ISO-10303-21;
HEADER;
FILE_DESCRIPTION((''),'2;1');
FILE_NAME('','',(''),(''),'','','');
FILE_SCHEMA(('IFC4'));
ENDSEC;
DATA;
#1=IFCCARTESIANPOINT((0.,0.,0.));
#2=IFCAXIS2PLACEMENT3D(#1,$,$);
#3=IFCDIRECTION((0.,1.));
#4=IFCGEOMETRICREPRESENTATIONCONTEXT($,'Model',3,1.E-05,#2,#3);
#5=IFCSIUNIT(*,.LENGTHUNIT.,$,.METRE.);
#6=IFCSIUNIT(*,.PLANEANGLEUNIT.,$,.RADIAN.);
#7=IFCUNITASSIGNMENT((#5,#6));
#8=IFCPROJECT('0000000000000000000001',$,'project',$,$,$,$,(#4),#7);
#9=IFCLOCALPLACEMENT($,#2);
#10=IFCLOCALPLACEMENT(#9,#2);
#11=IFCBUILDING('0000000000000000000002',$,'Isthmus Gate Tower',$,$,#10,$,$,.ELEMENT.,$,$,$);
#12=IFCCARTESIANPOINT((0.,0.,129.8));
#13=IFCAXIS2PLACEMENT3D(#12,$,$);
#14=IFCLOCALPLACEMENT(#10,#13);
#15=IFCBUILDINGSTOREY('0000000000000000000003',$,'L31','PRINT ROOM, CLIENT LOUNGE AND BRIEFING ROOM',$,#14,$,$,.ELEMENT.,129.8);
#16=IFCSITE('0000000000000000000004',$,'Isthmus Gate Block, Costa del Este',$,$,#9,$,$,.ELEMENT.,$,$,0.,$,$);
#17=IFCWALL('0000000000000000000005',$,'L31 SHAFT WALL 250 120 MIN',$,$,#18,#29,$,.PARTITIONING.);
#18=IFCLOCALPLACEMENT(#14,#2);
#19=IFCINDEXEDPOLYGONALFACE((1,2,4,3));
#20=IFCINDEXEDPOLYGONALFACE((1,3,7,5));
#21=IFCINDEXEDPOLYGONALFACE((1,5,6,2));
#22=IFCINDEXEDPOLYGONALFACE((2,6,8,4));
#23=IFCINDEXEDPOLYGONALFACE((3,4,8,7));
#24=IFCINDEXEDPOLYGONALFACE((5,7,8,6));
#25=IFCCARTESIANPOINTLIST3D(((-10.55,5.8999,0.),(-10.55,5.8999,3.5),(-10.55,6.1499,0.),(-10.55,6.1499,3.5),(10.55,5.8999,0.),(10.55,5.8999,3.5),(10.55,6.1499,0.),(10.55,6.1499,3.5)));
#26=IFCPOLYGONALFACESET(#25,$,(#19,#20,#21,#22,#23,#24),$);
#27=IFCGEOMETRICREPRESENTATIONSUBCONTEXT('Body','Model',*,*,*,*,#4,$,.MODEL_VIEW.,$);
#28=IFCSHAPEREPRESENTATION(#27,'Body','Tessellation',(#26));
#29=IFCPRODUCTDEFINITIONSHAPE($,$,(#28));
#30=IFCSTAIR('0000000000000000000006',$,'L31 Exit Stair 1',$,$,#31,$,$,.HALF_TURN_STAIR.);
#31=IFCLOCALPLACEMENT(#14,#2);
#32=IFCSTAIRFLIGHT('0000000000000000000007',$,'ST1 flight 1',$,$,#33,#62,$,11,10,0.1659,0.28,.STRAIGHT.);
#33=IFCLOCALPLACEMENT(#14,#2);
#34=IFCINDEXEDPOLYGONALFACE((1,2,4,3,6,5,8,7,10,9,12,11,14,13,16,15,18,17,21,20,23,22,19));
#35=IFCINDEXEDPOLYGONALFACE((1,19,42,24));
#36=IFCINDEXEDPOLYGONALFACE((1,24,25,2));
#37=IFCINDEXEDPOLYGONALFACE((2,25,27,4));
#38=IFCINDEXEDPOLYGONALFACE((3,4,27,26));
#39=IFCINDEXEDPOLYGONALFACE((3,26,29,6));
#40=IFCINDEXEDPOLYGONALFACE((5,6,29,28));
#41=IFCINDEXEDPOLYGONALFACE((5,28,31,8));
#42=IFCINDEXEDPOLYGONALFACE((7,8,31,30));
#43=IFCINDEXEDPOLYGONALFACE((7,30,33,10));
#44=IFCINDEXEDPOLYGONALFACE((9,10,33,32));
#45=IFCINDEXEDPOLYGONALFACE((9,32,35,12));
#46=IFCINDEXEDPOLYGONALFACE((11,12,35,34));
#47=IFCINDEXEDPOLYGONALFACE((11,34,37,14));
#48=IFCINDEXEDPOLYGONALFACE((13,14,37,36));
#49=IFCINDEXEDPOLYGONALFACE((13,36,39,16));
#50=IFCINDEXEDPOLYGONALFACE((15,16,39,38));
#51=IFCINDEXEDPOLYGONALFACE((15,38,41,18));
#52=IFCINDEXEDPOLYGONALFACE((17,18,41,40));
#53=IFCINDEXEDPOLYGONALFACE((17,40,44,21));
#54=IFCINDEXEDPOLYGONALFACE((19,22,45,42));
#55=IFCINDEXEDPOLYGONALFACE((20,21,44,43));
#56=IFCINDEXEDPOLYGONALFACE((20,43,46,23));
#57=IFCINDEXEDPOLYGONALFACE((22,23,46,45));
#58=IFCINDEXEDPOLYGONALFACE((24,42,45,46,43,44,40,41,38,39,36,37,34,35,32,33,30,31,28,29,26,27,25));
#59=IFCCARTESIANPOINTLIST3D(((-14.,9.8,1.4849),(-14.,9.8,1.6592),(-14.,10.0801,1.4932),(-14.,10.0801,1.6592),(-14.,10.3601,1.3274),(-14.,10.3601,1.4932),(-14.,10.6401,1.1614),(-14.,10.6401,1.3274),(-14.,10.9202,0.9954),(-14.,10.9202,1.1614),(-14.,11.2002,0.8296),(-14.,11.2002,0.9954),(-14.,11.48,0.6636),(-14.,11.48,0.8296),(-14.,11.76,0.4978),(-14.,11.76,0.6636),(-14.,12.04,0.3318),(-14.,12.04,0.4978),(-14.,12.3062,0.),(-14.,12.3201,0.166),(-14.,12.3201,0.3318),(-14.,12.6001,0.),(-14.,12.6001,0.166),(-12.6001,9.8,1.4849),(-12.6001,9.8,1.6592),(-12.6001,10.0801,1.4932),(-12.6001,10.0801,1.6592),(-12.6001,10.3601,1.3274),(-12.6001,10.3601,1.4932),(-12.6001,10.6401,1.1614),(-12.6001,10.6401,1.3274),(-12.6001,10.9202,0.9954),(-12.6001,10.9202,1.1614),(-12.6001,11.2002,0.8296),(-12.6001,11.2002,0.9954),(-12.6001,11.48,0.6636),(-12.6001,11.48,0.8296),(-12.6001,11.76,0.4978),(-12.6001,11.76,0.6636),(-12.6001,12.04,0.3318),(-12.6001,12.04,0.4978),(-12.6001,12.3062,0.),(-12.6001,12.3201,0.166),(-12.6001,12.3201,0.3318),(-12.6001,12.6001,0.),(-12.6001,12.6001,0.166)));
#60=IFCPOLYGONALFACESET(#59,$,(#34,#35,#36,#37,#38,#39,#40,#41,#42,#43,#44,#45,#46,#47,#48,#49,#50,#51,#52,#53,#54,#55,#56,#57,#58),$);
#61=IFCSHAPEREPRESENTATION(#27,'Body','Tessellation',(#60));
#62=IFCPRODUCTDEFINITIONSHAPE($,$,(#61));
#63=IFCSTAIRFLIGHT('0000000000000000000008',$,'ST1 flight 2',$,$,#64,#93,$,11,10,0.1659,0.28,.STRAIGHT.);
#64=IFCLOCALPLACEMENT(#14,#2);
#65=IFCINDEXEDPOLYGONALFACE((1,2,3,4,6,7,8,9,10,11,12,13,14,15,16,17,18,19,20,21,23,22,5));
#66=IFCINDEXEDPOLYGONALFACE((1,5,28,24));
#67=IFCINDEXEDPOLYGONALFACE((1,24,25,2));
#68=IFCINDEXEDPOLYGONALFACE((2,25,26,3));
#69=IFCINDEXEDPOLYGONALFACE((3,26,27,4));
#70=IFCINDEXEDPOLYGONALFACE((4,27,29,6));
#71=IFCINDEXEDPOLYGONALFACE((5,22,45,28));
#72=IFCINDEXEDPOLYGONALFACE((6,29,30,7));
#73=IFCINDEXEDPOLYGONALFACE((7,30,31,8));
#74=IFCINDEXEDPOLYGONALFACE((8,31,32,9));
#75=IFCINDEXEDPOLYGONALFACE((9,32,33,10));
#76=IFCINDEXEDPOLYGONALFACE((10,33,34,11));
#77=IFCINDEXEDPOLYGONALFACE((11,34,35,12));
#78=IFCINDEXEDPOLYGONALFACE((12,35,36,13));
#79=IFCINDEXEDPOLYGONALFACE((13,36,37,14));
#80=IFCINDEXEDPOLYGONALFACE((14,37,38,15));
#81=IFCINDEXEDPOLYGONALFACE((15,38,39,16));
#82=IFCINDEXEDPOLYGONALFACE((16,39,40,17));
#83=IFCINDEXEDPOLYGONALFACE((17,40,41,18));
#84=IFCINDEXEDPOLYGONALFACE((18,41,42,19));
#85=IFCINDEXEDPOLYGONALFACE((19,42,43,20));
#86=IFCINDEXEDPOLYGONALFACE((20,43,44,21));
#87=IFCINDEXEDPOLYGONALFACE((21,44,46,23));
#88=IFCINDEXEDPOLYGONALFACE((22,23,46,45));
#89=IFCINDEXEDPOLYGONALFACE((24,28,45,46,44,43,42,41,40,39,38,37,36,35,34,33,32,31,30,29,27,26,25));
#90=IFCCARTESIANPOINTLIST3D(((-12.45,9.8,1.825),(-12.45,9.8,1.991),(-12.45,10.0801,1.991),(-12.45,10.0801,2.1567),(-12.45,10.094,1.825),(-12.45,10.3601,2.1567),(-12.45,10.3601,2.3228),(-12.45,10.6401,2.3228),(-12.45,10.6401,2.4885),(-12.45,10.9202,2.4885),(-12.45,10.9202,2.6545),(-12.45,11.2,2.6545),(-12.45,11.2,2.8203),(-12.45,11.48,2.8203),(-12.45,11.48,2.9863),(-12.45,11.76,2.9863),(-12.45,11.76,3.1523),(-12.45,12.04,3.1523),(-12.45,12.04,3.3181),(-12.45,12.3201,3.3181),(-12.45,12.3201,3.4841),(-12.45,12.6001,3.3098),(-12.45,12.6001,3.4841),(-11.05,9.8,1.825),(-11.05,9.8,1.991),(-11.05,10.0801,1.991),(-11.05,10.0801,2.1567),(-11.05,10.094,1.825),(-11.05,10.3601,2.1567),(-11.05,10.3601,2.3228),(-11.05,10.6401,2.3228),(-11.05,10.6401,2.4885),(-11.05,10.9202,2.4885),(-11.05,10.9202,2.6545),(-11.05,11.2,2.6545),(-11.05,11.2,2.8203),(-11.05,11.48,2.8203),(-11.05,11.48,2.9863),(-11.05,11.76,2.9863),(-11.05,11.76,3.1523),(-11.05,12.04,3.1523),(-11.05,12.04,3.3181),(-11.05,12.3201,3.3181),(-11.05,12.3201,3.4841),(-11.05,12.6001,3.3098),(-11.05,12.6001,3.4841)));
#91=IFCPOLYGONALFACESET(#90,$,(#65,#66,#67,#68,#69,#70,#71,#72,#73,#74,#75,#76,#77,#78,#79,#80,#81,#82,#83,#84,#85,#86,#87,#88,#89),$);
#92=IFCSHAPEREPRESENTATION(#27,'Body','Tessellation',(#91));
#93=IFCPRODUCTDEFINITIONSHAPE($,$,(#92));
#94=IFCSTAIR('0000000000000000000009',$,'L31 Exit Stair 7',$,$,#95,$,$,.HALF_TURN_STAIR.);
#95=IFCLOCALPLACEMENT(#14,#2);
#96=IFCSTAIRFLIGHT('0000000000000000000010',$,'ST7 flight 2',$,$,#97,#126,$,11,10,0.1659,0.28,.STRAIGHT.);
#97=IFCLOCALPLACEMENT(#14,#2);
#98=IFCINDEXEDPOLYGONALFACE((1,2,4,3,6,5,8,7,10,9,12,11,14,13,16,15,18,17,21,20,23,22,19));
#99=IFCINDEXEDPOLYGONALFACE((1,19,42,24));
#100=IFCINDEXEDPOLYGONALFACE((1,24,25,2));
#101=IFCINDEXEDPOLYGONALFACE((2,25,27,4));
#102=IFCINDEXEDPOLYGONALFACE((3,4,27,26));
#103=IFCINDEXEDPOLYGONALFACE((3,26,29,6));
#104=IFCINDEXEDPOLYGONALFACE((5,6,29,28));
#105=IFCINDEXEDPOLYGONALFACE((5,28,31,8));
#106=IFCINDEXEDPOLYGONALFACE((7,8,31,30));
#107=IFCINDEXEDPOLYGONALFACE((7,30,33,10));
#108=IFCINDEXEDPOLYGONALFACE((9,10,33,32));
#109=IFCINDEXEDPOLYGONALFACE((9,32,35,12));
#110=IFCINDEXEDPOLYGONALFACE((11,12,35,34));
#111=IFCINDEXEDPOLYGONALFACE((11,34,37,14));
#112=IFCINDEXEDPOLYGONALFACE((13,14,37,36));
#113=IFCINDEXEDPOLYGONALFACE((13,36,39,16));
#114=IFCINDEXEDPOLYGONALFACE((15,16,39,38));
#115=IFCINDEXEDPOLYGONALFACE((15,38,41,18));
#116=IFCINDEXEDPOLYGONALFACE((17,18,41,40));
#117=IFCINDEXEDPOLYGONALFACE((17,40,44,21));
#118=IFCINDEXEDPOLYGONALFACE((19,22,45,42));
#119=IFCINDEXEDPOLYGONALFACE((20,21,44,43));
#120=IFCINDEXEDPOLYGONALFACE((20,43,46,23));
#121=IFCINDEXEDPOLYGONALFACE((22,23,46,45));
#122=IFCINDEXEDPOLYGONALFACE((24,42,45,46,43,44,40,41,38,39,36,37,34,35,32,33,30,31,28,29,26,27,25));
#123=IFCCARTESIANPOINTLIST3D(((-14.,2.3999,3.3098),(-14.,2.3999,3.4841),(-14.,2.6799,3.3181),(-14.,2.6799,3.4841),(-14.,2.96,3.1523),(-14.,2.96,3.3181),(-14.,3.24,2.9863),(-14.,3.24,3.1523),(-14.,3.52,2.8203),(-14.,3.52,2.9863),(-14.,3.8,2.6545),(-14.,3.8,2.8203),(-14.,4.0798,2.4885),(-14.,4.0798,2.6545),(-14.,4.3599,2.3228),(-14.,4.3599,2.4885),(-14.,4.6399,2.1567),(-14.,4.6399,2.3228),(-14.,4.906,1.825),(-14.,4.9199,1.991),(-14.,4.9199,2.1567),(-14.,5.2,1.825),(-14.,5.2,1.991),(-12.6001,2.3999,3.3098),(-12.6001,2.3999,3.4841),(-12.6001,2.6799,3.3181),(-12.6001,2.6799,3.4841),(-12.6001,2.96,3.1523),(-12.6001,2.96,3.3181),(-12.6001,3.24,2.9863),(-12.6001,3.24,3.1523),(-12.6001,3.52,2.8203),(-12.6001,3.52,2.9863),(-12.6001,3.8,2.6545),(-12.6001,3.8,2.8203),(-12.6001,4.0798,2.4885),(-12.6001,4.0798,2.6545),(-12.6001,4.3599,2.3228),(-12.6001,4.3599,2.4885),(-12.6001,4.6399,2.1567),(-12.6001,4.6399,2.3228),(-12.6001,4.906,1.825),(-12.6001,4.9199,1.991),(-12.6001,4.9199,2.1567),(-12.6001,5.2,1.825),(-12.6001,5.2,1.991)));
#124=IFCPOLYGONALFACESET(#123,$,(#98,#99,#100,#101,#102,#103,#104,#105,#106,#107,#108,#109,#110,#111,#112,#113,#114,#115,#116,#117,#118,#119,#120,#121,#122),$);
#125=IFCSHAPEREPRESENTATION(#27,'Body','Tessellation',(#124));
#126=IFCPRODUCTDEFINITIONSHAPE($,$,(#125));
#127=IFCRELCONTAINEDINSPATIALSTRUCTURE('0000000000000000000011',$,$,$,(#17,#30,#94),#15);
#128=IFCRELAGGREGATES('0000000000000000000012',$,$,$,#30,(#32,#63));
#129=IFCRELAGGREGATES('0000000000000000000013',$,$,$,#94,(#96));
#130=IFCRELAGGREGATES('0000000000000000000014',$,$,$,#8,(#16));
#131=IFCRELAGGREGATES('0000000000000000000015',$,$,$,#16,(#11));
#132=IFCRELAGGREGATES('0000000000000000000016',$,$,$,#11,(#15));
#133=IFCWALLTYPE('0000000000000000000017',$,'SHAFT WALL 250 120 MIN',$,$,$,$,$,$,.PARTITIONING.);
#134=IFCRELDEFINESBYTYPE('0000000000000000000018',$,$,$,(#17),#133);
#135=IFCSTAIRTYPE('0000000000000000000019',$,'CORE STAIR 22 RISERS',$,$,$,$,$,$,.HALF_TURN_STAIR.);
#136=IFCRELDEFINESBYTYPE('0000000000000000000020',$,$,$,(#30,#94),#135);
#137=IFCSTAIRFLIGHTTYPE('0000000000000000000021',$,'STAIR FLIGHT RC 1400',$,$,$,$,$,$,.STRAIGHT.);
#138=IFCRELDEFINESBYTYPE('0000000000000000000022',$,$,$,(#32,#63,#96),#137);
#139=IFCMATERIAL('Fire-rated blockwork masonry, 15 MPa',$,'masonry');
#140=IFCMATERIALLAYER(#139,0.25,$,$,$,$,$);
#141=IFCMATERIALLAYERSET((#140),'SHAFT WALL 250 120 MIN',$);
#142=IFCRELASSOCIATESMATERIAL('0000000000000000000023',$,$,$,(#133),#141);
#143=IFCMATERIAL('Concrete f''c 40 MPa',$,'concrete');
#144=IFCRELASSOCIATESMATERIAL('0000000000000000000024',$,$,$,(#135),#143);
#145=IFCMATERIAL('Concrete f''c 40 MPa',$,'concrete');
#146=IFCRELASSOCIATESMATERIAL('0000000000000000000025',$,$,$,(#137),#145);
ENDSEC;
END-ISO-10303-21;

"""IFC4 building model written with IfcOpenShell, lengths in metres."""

from ifc_helpers import new_model, si_unit, direction, frame, frame_2d, origin, place, context, subcontext, project, spatial, polyline, rectangle, outline, extrude, material, layer, layer_set, type_object, element, aggregate, save


model = new_model("IFC4")

# Units and contexts
model_context = context("Model", 3, precision=1e-05, world=origin(), true_north=direction((0.0, 1.0)))
body_context = subcontext(model_context, "Body", "Model", "MODEL_VIEW")
ifc_project = project(units=[si_unit("LENGTHUNIT", "METRE"), si_unit("PLANEANGLEUNIT", "RADIAN")], contexts=[model_context])

# Site, building, storey
site_placement = place(None, origin())
site = spatial("IfcSite", under=ifc_project, at=site_placement, Name="Isthmus Gate Block, Costa del Este", CompositionType="ELEMENT", RefElevation=0.0)
building_placement = place(site_placement, origin())
building = spatial("IfcBuilding", under=site, at=building_placement, Name="Isthmus Gate Tower", CompositionType="ELEMENT")
storey_placement = place(building_placement, frame((0.0, 0.0, 129.8)))
storey = spatial("IfcBuildingStorey", under=building, at=storey_placement, Name="L31", Description="PRINT ROOM, CLIENT LOUNGE AND BRIEFING ROOM", CompositionType="ELEMENT", Elevation=129.8)

# Wall
ifc_material_1 = material(Name="Fire-rated blockwork masonry, 15 MPa", Category="masonry")
ifc_layer = layer(ifc_material_1, 0.25)
ifc_layer_set = layer_set([ifc_layer], Name="SHAFT WALL 250 120 MIN")
wall_type = type_object("IfcWallType", Name="SHAFT WALL 250 120 MIN", PredefinedType="PARTITIONING", material=ifc_layer_set)
wall_placement = place(storey_placement, frame((-10.55, 6.0249, 0.0), z_axis=(0.0, 0.0, 1.0), x_axis=(1.0, 0.0, 0.0)))
element("IfcWall", 1, at=wall_placement, inside=storey, type_object=wall_type, Name="L31 SHAFT WALL 250 120 MIN", PredefinedType="PARTITIONING", context=body_context, shape_type="SweptSolid", body=[
    extrude(rectangle(XDim=21.1001, YDim=0.25, at=frame_2d((10.55, 0.0))), origin(), (0.0, 0.0, 1.0), 3.5),
])

# Stair, stair flights
ifc_material_2 = material(Name="Concrete f'c 40 MPa", Category="concrete")
stair_type = type_object("IfcStairType", Name="CORE STAIR 22 RISERS", PredefinedType="HALF_TURN_STAIR", material=ifc_material_2)
stair_1_placement = place(storey_placement, origin())
stair_1 = element("IfcStair", 2, at=stair_1_placement, inside=storey, type_object=stair_type, Name="L31 Exit Stair 1", PredefinedType="HALF_TURN_STAIR")
ifc_material_3 = material(Name="Concrete f'c 40 MPa", Category="concrete")
stair_flight_type = type_object("IfcStairFlightType", Name="STAIR FLIGHT RC 1400", PredefinedType="STRAIGHT", material=ifc_material_3)
stair_flight_1_placement = place(storey_placement, frame((-13.3, 12.6001, 0.0), z_axis=(0.0, 0.0, 1.0), x_axis=(0.0, -1.0, 0.0)))
stair_flight_1 = element("IfcStairFlight", 3, at=stair_flight_1_placement, type_object=stair_flight_type, Name="ST1 flight 1", NumberOfRisers=11, NumberOfTreads=10, PredefinedType="STRAIGHT", RiserHeight=0.1659, TreadLength=0.28, context=body_context, shape_type="SweptSolid", body=[
    extrude(outline(polyline([(0.0, 0.0), (0.0, 0.166), (0.28, 0.166), (0.28, 0.3318), (0.5601, 0.3318), (0.5601, 0.4978), (0.8401, 0.4978), (0.8401, 0.6636), (1.1201, 0.6636), (1.1201, 0.8296), (1.3999, 0.8296), (1.3999, 0.9954), (1.6799, 0.9954), (1.6799, 1.1614), (1.96, 1.1614), (1.96, 1.3274), (2.24, 1.3274), (2.24, 1.4932), (2.52, 1.4932), (2.52, 1.6592), (2.8, 1.6592), (2.8, 1.825), (2.8, 1.4849), (0.2939, 0.0), (0.0, 0.0)])), frame((0.0, 0.7, 0.0), z_axis=(0.0, -1.0, 0.0), x_axis=(1.0, 0.0, 0.0)), (0.0, 0.0, 1.0), 1.3999),
])
stair_flight_2_placement = place(storey_placement, frame((-11.75, 9.8, 1.825), z_axis=(0.0, 0.0, 1.0), x_axis=(0.0, 1.0, 0.0)))
stair_flight_2 = element("IfcStairFlight", 4, at=stair_flight_2_placement, type_object=stair_flight_type, Name="ST1 flight 2", NumberOfRisers=11, NumberOfTreads=10, PredefinedType="STRAIGHT", RiserHeight=0.1659, TreadLength=0.28, context=body_context, shape_type="SweptSolid", body=[
    extrude(outline(polyline([(0.0, 0.0), (0.0, 0.166), (0.28, 0.166), (0.28, 0.3318), (0.5601, 0.3318), (0.5601, 0.4978), (0.8401, 0.4978), (0.8401, 0.6636), (1.1201, 0.6636), (1.1201, 0.8296), (1.3999, 0.8296), (1.3999, 0.9954), (1.6799, 0.9954), (1.6799, 1.1614), (1.96, 1.1614), (1.96, 1.3274), (2.24, 1.3274), (2.24, 1.4932), (2.52, 1.4932), (2.52, 1.6592), (2.8, 1.6592), (2.8, 1.825), (2.8, 1.4849), (0.2939, 0.0), (0.0, 0.0)])), frame((0.0, 0.7, 0.0), z_axis=(0.0, -1.0, 0.0), x_axis=(1.0, 0.0, 0.0)), (0.0, 0.0, 1.0), 1.3999),
])
aggregate(stair_1, [stair_flight_1, stair_flight_2])

# Stair, stair flight
stair_2_placement = place(storey_placement, origin())
stair_2 = element("IfcStair", 5, at=stair_2_placement, inside=storey, type_object=stair_type, Name="L31 Exit Stair 7", PredefinedType="HALF_TURN_STAIR")
stair_flight_3_placement = place(storey_placement, frame((-13.3, 5.2, 1.825), z_axis=(0.0, 0.0, 1.0), x_axis=(0.0, -1.0, 0.0)))
stair_flight_3 = element("IfcStairFlight", 6, at=stair_flight_3_placement, type_object=stair_flight_type, Name="ST7 flight 2", NumberOfRisers=11, NumberOfTreads=10, PredefinedType="STRAIGHT", RiserHeight=0.1659, TreadLength=0.28, context=body_context, shape_type="SweptSolid", body=[
    extrude(outline(polyline([(0.0, 0.0), (0.0, 0.166), (0.28, 0.166), (0.28, 0.3318), (0.5601, 0.3318), (0.5601, 0.4978), (0.8401, 0.4978), (0.8401, 0.6636), (1.1201, 0.6636), (1.1201, 0.8296), (1.3999, 0.8296), (1.3999, 0.9954), (1.6799, 0.9954), (1.6799, 1.1614), (1.96, 1.1614), (1.96, 1.3274), (2.24, 1.3274), (2.24, 1.4932), (2.52, 1.4932), (2.52, 1.6592), (2.8, 1.6592), (2.8, 1.825), (2.8, 1.4849), (0.2939, 0.0), (0.0, 0.0)])), frame((0.0, 0.7, 0.0), z_axis=(0.0, -1.0, 0.0), x_axis=(1.0, 0.0, 0.0)), (0.0, 0.0, 1.0), 1.3999),
])
aggregate(stair_2, [stair_flight_3])

save(model, "model.ifc")
